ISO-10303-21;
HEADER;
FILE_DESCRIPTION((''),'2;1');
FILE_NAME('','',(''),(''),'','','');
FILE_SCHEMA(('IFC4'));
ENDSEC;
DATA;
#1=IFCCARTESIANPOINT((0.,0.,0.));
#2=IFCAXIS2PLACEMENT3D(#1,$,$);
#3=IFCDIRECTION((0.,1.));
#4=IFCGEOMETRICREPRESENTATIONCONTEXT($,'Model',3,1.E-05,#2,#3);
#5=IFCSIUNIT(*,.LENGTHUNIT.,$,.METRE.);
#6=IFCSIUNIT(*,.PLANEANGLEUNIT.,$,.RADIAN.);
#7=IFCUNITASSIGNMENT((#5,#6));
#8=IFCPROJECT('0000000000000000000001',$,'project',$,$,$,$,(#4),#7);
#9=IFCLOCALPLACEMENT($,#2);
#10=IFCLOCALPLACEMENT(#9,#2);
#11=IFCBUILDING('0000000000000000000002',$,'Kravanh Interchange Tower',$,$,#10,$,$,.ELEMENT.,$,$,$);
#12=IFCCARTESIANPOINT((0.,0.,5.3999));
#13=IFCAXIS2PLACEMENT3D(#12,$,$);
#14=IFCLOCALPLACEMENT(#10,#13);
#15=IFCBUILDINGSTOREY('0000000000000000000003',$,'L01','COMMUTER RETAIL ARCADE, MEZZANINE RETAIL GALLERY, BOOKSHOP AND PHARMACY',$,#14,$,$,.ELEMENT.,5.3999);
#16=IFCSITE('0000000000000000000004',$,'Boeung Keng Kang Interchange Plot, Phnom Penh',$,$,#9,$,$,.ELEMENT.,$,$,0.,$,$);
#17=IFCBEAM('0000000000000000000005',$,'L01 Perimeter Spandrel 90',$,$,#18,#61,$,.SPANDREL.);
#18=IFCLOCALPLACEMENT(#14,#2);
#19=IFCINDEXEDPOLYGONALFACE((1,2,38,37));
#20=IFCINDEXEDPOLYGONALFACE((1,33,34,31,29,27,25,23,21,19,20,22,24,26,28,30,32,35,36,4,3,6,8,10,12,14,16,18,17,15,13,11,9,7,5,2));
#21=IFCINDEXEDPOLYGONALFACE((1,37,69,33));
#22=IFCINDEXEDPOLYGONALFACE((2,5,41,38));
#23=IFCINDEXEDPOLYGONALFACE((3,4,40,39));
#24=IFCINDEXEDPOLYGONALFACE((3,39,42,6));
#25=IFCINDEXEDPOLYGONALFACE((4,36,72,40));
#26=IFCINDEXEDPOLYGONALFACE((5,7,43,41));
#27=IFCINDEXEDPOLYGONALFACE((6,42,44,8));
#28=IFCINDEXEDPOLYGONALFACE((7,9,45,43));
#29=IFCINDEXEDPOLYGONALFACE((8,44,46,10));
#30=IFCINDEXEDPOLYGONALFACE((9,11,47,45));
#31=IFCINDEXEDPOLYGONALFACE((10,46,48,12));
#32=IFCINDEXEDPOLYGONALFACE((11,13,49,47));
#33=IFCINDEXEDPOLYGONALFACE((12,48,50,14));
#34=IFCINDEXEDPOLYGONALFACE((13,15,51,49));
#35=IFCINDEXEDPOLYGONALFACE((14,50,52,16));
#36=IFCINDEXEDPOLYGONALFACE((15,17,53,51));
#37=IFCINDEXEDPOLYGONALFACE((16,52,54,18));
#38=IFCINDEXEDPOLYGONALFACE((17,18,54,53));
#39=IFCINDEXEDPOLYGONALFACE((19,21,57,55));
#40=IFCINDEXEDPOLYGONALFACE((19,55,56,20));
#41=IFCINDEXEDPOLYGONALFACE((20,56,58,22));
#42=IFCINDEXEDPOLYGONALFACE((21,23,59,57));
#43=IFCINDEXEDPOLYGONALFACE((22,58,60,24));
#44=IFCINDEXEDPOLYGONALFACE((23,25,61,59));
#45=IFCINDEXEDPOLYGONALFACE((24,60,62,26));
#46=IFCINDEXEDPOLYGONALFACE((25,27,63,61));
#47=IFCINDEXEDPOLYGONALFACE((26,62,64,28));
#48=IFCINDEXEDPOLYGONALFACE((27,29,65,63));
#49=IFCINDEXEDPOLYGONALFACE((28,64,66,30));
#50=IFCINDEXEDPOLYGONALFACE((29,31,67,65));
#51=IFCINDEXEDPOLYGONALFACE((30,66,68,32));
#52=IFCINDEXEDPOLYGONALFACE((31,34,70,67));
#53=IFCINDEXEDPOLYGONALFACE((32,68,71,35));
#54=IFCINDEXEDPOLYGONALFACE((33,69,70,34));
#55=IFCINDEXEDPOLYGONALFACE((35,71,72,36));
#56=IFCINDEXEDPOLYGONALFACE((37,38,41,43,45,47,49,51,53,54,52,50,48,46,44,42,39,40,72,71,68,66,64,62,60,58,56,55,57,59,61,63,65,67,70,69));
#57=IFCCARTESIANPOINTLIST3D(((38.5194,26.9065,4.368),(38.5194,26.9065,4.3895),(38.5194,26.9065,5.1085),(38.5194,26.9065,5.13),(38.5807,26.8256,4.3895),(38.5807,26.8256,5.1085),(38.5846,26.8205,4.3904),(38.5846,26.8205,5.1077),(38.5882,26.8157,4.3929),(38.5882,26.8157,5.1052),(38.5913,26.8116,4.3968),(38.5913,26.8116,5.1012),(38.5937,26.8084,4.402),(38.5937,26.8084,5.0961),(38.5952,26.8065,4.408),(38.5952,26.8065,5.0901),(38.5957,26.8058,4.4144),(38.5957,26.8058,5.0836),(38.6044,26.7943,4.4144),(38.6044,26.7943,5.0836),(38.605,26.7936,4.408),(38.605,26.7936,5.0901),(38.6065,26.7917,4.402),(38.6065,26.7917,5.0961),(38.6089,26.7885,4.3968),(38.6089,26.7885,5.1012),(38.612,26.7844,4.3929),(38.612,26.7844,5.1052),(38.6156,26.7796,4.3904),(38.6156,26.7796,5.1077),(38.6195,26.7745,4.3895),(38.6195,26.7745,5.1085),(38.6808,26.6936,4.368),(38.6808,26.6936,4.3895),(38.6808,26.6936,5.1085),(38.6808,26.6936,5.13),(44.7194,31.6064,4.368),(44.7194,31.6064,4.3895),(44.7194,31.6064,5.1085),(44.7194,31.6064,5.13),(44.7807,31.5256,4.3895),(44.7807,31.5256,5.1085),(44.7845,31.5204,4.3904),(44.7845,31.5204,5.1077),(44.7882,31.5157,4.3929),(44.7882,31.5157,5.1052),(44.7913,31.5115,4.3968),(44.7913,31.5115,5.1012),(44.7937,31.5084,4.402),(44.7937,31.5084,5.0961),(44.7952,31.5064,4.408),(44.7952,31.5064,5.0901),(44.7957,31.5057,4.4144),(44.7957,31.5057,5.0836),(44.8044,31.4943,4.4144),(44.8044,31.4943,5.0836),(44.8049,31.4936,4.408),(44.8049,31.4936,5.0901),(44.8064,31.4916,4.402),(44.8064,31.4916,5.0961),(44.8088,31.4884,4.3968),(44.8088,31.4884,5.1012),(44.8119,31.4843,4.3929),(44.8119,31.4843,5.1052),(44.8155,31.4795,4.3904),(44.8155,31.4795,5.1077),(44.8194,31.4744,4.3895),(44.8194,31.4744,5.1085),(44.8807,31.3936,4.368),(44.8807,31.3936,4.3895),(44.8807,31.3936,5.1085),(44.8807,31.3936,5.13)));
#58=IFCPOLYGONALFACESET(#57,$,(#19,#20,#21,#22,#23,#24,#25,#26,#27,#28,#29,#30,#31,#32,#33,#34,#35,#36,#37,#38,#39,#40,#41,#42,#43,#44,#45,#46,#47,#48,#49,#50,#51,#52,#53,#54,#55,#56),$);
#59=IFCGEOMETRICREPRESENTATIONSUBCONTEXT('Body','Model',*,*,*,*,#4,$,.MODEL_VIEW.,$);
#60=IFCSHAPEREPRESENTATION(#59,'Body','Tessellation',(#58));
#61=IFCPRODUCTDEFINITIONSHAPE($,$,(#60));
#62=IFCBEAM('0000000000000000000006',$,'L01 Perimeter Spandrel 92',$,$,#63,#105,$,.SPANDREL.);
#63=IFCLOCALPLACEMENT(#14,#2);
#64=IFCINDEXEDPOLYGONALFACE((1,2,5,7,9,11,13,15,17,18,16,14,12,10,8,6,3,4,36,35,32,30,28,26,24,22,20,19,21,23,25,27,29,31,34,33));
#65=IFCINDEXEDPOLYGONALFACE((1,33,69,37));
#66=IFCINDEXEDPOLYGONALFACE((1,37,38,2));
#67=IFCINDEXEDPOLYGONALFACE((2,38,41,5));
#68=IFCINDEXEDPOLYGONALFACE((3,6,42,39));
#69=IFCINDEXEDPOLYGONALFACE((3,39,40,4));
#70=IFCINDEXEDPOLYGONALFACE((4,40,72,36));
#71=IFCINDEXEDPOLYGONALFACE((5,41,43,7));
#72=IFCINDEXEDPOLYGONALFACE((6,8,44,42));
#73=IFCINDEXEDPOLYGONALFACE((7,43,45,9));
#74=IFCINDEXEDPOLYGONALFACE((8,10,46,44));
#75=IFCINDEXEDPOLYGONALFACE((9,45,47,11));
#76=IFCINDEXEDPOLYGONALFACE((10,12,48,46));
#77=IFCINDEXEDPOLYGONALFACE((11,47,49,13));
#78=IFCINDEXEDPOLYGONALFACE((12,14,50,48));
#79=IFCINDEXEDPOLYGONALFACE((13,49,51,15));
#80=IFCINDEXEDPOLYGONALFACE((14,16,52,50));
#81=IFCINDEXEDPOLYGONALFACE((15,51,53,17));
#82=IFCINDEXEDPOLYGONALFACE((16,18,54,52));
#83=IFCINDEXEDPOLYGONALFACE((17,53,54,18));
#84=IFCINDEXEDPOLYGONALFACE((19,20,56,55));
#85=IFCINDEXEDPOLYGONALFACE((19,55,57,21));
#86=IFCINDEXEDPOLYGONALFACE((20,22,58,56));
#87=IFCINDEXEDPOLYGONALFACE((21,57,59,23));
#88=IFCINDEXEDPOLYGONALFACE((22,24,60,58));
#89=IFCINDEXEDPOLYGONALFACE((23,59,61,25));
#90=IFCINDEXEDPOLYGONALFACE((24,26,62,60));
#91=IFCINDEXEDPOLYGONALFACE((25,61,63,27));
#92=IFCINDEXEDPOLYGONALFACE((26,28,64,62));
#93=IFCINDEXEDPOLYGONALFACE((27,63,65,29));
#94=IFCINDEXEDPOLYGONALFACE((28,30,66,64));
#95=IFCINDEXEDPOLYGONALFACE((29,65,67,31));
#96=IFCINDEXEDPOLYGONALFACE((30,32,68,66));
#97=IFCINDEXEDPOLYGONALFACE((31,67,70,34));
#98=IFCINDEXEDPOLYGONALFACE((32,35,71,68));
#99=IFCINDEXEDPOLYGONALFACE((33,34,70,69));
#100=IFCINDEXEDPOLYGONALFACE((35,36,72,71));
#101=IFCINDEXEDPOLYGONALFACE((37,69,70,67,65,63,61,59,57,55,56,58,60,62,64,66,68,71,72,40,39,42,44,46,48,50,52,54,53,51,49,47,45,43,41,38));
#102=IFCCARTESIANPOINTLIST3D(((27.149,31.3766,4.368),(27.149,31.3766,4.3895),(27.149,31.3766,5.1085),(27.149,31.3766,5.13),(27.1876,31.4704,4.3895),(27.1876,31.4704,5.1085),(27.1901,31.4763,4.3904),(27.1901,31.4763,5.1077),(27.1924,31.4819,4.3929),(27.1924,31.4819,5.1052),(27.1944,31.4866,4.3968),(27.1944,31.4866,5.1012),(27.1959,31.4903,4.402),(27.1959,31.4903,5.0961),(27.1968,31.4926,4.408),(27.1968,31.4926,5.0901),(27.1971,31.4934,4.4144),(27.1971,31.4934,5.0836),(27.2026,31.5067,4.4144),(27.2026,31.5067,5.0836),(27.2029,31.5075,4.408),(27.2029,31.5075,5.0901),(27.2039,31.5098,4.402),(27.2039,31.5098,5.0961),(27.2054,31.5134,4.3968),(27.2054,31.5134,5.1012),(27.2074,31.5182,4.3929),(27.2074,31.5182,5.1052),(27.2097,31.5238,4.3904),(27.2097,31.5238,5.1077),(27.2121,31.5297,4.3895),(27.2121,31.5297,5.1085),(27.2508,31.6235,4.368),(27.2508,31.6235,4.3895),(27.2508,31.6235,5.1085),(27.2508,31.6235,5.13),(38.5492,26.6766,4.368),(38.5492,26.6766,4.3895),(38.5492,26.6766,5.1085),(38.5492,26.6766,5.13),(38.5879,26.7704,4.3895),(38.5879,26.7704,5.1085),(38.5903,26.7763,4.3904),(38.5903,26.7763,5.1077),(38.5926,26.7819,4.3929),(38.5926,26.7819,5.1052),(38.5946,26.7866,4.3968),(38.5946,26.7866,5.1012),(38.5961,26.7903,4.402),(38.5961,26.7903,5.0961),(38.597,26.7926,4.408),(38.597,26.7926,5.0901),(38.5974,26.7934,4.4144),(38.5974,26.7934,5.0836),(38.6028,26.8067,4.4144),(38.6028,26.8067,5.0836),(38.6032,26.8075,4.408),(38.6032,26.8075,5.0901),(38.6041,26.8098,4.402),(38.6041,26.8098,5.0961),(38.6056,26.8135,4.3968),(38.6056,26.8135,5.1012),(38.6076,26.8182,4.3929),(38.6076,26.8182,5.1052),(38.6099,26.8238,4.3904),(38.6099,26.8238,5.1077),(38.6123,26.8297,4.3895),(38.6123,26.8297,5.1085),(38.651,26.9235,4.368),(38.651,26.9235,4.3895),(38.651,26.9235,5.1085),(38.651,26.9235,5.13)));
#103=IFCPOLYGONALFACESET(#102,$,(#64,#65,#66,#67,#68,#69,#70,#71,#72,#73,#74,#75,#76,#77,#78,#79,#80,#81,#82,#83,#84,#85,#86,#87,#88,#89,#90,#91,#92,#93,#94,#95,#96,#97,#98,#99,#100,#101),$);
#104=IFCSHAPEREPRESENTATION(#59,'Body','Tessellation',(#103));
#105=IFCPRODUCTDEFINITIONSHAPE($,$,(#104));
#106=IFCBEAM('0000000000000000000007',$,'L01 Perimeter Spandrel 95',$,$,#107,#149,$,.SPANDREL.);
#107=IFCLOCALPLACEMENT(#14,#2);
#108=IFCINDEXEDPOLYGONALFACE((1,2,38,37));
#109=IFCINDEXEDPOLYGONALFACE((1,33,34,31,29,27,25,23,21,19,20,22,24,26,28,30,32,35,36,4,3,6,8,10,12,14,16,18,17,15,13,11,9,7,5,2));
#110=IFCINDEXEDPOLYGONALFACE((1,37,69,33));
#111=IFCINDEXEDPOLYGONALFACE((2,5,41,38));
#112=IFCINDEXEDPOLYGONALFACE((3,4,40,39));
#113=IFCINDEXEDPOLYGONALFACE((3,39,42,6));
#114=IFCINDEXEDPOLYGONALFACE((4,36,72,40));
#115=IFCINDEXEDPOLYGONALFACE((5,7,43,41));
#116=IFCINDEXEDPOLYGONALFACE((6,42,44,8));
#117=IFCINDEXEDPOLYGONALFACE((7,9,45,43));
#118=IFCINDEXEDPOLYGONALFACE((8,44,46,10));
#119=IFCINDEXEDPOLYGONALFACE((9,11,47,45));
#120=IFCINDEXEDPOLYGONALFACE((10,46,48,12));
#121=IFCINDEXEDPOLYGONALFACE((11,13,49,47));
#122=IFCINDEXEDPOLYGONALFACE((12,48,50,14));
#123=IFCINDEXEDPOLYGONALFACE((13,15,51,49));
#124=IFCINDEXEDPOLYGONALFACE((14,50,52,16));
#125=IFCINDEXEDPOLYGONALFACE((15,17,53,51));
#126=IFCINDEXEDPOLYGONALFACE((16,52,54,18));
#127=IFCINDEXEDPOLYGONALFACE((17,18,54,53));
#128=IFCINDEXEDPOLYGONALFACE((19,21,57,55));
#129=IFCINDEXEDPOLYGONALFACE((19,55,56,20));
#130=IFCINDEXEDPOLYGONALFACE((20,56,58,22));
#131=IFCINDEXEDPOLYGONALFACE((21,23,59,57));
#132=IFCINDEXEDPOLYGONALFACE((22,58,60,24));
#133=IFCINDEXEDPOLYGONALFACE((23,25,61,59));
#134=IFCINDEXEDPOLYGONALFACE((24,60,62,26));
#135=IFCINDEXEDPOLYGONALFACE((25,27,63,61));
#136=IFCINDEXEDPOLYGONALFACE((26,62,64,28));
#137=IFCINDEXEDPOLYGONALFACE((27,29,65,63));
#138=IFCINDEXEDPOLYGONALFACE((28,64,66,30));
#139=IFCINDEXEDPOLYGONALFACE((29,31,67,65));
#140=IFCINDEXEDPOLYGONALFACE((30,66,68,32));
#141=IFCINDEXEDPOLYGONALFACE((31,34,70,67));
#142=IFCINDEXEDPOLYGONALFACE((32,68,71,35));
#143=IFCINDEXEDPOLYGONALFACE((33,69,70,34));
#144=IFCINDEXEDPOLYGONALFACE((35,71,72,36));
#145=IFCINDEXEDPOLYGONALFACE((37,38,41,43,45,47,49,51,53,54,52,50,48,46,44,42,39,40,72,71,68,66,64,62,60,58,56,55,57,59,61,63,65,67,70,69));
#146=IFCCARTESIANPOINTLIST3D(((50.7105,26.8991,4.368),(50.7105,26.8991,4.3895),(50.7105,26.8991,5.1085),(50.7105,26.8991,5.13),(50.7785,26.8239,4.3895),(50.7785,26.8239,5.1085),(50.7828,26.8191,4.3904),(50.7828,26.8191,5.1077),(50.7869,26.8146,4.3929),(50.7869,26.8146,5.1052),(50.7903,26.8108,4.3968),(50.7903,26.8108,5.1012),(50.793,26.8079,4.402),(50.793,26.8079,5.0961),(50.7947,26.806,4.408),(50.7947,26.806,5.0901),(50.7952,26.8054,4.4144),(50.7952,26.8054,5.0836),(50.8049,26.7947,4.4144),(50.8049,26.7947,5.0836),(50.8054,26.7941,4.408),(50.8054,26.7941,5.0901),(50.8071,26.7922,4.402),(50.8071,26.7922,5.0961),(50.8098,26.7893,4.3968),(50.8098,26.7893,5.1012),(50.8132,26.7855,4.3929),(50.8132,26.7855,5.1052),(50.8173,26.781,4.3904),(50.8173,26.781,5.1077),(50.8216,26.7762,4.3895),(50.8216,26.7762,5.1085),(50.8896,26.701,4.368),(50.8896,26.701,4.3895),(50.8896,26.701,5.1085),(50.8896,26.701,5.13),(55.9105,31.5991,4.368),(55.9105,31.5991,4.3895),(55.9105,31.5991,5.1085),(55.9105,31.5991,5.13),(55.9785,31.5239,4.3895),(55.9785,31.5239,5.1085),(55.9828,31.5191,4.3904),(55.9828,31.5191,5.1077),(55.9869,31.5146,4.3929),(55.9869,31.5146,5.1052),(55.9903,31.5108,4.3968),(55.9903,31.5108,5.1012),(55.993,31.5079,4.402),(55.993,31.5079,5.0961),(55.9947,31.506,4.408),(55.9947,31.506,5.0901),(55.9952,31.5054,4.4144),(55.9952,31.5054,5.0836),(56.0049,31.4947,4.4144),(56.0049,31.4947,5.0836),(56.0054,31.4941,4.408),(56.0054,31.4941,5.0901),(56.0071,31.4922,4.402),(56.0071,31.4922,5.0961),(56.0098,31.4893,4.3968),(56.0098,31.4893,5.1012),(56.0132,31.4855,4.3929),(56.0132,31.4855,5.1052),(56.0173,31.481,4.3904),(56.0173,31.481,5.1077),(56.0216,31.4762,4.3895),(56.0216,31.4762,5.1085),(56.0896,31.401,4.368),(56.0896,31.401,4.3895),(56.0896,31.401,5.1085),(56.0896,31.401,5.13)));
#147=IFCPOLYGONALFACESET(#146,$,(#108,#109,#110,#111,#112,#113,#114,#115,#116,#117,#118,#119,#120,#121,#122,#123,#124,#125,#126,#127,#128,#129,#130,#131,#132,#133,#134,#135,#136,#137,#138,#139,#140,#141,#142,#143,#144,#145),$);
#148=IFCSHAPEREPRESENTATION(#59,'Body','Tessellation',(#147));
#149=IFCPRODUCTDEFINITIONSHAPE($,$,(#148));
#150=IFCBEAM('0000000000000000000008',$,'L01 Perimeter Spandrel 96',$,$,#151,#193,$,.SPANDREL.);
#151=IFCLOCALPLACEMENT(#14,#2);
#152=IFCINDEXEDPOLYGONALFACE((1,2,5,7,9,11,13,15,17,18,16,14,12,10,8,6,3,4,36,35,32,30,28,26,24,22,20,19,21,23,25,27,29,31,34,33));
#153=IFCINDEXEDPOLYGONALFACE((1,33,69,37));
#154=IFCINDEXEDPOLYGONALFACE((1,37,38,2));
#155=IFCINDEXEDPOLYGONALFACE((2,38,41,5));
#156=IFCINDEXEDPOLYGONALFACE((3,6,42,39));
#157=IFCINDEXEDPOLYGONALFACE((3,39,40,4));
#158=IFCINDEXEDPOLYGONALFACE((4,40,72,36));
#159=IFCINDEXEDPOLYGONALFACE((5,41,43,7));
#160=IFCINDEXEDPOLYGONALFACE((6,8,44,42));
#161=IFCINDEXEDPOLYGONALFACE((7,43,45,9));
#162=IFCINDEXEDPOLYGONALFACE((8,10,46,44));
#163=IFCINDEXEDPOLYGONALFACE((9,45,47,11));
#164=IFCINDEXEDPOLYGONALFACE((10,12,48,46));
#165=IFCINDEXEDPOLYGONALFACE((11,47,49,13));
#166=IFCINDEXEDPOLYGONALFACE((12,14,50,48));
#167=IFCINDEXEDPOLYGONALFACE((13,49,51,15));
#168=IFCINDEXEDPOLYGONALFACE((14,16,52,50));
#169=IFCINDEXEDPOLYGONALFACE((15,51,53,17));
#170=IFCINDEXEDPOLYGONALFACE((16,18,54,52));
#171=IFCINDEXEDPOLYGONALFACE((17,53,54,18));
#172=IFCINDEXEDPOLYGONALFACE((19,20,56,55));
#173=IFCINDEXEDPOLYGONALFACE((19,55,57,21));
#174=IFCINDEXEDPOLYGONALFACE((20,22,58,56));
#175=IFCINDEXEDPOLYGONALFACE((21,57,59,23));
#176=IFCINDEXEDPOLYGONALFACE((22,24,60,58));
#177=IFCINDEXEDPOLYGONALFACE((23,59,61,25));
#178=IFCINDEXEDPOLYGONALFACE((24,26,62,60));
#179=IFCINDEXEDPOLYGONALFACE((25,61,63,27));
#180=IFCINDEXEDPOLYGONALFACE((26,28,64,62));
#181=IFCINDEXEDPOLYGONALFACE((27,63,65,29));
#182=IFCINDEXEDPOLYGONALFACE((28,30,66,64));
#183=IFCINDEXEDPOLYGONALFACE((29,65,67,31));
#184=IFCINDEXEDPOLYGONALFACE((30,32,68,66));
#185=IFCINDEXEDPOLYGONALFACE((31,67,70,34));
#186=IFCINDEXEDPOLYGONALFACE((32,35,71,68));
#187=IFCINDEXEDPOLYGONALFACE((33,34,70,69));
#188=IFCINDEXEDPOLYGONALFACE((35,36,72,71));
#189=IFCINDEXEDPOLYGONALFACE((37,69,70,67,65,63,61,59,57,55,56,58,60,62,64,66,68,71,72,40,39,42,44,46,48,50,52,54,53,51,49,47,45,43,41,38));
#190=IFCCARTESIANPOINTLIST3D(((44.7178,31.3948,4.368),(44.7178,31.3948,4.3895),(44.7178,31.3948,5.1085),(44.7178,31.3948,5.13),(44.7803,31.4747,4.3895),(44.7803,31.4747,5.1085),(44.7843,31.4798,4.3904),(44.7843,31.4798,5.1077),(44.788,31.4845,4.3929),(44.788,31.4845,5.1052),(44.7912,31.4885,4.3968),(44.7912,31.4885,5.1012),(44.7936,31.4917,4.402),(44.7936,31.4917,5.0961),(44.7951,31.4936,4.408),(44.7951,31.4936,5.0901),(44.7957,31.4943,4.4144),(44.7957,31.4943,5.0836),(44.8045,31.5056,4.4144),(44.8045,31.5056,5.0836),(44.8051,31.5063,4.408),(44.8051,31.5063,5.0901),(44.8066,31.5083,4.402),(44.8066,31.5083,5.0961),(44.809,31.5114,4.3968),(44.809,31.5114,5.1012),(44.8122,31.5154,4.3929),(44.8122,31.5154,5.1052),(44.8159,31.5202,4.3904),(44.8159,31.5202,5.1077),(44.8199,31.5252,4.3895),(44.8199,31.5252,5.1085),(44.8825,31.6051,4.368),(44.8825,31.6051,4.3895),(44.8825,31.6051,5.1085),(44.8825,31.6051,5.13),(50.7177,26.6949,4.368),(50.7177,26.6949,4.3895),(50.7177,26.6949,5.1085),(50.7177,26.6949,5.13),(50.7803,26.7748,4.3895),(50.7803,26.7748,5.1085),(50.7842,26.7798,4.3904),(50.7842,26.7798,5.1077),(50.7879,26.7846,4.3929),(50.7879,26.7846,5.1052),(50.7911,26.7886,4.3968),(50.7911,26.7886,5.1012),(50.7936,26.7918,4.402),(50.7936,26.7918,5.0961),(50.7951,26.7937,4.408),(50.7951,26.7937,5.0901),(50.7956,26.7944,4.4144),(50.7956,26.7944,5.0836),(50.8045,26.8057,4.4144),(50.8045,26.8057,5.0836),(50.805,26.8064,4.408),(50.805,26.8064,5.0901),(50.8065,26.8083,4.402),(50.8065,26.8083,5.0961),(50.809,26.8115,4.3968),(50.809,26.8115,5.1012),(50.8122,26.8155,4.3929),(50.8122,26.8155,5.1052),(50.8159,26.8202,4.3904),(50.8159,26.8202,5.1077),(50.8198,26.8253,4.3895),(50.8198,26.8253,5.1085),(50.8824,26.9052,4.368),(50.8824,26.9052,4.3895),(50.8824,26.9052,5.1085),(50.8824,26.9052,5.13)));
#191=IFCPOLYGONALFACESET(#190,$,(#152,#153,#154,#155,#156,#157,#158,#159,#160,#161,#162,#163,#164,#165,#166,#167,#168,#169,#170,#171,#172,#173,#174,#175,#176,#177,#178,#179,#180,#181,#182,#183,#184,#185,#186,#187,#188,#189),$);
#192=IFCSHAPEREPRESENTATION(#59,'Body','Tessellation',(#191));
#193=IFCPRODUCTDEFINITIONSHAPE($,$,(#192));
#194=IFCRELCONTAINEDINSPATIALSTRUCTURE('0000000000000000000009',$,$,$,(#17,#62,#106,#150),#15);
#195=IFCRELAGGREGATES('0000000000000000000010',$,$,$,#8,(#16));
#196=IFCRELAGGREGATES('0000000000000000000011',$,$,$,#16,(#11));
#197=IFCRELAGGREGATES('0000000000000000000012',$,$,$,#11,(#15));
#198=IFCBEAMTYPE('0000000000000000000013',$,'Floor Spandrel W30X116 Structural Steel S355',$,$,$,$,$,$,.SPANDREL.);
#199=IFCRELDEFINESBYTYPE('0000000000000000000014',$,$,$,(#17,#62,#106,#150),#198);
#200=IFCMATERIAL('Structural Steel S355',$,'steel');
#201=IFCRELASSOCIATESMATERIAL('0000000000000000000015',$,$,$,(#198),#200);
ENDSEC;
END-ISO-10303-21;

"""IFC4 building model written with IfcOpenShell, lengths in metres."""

from ifc_helpers import new_model, si_unit, direction, frame, origin, origin_2d, place, context, subcontext, project, spatial, i_section, extrude, material, material_profile, profile_set, type_object, element, save


model = new_model("IFC4")

# Units and contexts
model_context = context("Model", 3, precision=1e-05, world=origin(), true_north=direction((0.0, 1.0)))
body_context = subcontext(model_context, "Body", "Model", "MODEL_VIEW")
ifc_project = project(units=[si_unit("LENGTHUNIT", "METRE"), si_unit("PLANEANGLEUNIT", "RADIAN")], contexts=[model_context])

# Site, building, storey
site_placement = place(None, origin())
site = spatial("IfcSite", under=ifc_project, at=site_placement, Name="Boeung Keng Kang Interchange Plot, Phnom Penh", CompositionType="ELEMENT", RefElevation=0.0)
building_placement = place(site_placement, origin())
building = spatial("IfcBuilding", under=site, at=building_placement, Name="Kravanh Interchange Tower", CompositionType="ELEMENT")
storey_placement = place(building_placement, frame((0.0, 0.0, 5.3999)))
storey = spatial("IfcBuildingStorey", under=building, at=storey_placement, Name="L01", Description="COMMUTER RETAIL ARCADE, MEZZANINE RETAIL GALLERY, BOOKSHOP AND PHARMACY", CompositionType="ELEMENT", Elevation=5.3999)

# Beams
ifc_material_1 = material(Name="Structural Steel S355", Category="steel")
ifc_material_profile_1 = material_profile(ifc_material_1, i_section(OverallWidth=0.2671, OverallDepth=0.762, WebThickness=0.0144, FlangeThickness=0.0215, FilletRadius=0.0249, at=origin_2d()), Name="W30X116")
ifc_profile_set_1 = profile_set([ifc_material_profile_1], Name="Structural Steel S355")
beam_type_1 = type_object("IfcBeamType", Name="Floor Spandrel W30X116 Structural Steel S355", PredefinedType="SPANDREL", material=ifc_profile_set_1)
beam_1_placement = place(storey_placement, frame((38.6001, 26.8, 4.749), z_axis=(0.796905, 0.604104, 0.0), x_axis=(-0.604104, 0.796905, 0.0)))
element("IfcBeam", 1, at=beam_1_placement, inside=storey, type_object=beam_type_1, Name="L01 Perimeter Spandrel 90", PredefinedType="SPANDREL", context=body_context, shape_type="SweptSolid", body=[
    extrude(i_section(OverallWidth=0.2671, OverallDepth=0.762, WebThickness=0.0144, FlangeThickness=0.0215, FilletRadius=0.0249, at=origin_2d()), origin(), (0.0, 0.0, 1.0), 7.78),
])
beam_2_placement = place(storey_placement, frame((38.6001, 26.8, 4.749), z_axis=(-0.924513, 0.38115, 0.0), x_axis=(-0.38115, -0.924513, 0.0)))
element("IfcBeam", 2, at=beam_2_placement, inside=storey, type_object=beam_type_1, Name="L01 Perimeter Spandrel 92", PredefinedType="SPANDREL", context=body_context, shape_type="SweptSolid", body=[
    extrude(i_section(OverallWidth=0.2671, OverallDepth=0.762, WebThickness=0.0144, FlangeThickness=0.0215, FilletRadius=0.0249, at=origin_2d()), origin(), (0.0, 0.0, 1.0), 12.3311),
])
beam_3_placement = place(storey_placement, frame((50.8, 26.8, 4.749), z_axis=(0.741874, 0.670539, 0.0), x_axis=(-0.670539, 0.741874, 0.0)))
element("IfcBeam", 3, at=beam_3_placement, inside=storey, type_object=beam_type_1, Name="L01 Perimeter Spandrel 95", PredefinedType="SPANDREL", context=body_context, shape_type="SweptSolid", body=[
    extrude(i_section(OverallWidth=0.2671, OverallDepth=0.762, WebThickness=0.0144, FlangeThickness=0.0215, FilletRadius=0.0249, at=origin_2d()), origin(), (0.0, 0.0, 1.0), 7.0093),
])
beam_4_placement = place(storey_placement, frame((50.8, 26.8, 4.749), z_axis=(-0.787231, 0.616658, 0.0), x_axis=(-0.616658, -0.787231, 0.0)))
element("IfcBeam", 4, at=beam_4_placement, inside=storey, type_object=beam_type_1, Name="L01 Perimeter Spandrel 96", PredefinedType="SPANDREL", context=body_context, shape_type="SweptSolid", body=[
    extrude(i_section(OverallWidth=0.2671, OverallDepth=0.762, WebThickness=0.0144, FlangeThickness=0.0215, FilletRadius=0.0249, at=origin_2d()), origin(), (0.0, 0.0, 1.0), 7.6216),
])

save(model, "model.ifc")
